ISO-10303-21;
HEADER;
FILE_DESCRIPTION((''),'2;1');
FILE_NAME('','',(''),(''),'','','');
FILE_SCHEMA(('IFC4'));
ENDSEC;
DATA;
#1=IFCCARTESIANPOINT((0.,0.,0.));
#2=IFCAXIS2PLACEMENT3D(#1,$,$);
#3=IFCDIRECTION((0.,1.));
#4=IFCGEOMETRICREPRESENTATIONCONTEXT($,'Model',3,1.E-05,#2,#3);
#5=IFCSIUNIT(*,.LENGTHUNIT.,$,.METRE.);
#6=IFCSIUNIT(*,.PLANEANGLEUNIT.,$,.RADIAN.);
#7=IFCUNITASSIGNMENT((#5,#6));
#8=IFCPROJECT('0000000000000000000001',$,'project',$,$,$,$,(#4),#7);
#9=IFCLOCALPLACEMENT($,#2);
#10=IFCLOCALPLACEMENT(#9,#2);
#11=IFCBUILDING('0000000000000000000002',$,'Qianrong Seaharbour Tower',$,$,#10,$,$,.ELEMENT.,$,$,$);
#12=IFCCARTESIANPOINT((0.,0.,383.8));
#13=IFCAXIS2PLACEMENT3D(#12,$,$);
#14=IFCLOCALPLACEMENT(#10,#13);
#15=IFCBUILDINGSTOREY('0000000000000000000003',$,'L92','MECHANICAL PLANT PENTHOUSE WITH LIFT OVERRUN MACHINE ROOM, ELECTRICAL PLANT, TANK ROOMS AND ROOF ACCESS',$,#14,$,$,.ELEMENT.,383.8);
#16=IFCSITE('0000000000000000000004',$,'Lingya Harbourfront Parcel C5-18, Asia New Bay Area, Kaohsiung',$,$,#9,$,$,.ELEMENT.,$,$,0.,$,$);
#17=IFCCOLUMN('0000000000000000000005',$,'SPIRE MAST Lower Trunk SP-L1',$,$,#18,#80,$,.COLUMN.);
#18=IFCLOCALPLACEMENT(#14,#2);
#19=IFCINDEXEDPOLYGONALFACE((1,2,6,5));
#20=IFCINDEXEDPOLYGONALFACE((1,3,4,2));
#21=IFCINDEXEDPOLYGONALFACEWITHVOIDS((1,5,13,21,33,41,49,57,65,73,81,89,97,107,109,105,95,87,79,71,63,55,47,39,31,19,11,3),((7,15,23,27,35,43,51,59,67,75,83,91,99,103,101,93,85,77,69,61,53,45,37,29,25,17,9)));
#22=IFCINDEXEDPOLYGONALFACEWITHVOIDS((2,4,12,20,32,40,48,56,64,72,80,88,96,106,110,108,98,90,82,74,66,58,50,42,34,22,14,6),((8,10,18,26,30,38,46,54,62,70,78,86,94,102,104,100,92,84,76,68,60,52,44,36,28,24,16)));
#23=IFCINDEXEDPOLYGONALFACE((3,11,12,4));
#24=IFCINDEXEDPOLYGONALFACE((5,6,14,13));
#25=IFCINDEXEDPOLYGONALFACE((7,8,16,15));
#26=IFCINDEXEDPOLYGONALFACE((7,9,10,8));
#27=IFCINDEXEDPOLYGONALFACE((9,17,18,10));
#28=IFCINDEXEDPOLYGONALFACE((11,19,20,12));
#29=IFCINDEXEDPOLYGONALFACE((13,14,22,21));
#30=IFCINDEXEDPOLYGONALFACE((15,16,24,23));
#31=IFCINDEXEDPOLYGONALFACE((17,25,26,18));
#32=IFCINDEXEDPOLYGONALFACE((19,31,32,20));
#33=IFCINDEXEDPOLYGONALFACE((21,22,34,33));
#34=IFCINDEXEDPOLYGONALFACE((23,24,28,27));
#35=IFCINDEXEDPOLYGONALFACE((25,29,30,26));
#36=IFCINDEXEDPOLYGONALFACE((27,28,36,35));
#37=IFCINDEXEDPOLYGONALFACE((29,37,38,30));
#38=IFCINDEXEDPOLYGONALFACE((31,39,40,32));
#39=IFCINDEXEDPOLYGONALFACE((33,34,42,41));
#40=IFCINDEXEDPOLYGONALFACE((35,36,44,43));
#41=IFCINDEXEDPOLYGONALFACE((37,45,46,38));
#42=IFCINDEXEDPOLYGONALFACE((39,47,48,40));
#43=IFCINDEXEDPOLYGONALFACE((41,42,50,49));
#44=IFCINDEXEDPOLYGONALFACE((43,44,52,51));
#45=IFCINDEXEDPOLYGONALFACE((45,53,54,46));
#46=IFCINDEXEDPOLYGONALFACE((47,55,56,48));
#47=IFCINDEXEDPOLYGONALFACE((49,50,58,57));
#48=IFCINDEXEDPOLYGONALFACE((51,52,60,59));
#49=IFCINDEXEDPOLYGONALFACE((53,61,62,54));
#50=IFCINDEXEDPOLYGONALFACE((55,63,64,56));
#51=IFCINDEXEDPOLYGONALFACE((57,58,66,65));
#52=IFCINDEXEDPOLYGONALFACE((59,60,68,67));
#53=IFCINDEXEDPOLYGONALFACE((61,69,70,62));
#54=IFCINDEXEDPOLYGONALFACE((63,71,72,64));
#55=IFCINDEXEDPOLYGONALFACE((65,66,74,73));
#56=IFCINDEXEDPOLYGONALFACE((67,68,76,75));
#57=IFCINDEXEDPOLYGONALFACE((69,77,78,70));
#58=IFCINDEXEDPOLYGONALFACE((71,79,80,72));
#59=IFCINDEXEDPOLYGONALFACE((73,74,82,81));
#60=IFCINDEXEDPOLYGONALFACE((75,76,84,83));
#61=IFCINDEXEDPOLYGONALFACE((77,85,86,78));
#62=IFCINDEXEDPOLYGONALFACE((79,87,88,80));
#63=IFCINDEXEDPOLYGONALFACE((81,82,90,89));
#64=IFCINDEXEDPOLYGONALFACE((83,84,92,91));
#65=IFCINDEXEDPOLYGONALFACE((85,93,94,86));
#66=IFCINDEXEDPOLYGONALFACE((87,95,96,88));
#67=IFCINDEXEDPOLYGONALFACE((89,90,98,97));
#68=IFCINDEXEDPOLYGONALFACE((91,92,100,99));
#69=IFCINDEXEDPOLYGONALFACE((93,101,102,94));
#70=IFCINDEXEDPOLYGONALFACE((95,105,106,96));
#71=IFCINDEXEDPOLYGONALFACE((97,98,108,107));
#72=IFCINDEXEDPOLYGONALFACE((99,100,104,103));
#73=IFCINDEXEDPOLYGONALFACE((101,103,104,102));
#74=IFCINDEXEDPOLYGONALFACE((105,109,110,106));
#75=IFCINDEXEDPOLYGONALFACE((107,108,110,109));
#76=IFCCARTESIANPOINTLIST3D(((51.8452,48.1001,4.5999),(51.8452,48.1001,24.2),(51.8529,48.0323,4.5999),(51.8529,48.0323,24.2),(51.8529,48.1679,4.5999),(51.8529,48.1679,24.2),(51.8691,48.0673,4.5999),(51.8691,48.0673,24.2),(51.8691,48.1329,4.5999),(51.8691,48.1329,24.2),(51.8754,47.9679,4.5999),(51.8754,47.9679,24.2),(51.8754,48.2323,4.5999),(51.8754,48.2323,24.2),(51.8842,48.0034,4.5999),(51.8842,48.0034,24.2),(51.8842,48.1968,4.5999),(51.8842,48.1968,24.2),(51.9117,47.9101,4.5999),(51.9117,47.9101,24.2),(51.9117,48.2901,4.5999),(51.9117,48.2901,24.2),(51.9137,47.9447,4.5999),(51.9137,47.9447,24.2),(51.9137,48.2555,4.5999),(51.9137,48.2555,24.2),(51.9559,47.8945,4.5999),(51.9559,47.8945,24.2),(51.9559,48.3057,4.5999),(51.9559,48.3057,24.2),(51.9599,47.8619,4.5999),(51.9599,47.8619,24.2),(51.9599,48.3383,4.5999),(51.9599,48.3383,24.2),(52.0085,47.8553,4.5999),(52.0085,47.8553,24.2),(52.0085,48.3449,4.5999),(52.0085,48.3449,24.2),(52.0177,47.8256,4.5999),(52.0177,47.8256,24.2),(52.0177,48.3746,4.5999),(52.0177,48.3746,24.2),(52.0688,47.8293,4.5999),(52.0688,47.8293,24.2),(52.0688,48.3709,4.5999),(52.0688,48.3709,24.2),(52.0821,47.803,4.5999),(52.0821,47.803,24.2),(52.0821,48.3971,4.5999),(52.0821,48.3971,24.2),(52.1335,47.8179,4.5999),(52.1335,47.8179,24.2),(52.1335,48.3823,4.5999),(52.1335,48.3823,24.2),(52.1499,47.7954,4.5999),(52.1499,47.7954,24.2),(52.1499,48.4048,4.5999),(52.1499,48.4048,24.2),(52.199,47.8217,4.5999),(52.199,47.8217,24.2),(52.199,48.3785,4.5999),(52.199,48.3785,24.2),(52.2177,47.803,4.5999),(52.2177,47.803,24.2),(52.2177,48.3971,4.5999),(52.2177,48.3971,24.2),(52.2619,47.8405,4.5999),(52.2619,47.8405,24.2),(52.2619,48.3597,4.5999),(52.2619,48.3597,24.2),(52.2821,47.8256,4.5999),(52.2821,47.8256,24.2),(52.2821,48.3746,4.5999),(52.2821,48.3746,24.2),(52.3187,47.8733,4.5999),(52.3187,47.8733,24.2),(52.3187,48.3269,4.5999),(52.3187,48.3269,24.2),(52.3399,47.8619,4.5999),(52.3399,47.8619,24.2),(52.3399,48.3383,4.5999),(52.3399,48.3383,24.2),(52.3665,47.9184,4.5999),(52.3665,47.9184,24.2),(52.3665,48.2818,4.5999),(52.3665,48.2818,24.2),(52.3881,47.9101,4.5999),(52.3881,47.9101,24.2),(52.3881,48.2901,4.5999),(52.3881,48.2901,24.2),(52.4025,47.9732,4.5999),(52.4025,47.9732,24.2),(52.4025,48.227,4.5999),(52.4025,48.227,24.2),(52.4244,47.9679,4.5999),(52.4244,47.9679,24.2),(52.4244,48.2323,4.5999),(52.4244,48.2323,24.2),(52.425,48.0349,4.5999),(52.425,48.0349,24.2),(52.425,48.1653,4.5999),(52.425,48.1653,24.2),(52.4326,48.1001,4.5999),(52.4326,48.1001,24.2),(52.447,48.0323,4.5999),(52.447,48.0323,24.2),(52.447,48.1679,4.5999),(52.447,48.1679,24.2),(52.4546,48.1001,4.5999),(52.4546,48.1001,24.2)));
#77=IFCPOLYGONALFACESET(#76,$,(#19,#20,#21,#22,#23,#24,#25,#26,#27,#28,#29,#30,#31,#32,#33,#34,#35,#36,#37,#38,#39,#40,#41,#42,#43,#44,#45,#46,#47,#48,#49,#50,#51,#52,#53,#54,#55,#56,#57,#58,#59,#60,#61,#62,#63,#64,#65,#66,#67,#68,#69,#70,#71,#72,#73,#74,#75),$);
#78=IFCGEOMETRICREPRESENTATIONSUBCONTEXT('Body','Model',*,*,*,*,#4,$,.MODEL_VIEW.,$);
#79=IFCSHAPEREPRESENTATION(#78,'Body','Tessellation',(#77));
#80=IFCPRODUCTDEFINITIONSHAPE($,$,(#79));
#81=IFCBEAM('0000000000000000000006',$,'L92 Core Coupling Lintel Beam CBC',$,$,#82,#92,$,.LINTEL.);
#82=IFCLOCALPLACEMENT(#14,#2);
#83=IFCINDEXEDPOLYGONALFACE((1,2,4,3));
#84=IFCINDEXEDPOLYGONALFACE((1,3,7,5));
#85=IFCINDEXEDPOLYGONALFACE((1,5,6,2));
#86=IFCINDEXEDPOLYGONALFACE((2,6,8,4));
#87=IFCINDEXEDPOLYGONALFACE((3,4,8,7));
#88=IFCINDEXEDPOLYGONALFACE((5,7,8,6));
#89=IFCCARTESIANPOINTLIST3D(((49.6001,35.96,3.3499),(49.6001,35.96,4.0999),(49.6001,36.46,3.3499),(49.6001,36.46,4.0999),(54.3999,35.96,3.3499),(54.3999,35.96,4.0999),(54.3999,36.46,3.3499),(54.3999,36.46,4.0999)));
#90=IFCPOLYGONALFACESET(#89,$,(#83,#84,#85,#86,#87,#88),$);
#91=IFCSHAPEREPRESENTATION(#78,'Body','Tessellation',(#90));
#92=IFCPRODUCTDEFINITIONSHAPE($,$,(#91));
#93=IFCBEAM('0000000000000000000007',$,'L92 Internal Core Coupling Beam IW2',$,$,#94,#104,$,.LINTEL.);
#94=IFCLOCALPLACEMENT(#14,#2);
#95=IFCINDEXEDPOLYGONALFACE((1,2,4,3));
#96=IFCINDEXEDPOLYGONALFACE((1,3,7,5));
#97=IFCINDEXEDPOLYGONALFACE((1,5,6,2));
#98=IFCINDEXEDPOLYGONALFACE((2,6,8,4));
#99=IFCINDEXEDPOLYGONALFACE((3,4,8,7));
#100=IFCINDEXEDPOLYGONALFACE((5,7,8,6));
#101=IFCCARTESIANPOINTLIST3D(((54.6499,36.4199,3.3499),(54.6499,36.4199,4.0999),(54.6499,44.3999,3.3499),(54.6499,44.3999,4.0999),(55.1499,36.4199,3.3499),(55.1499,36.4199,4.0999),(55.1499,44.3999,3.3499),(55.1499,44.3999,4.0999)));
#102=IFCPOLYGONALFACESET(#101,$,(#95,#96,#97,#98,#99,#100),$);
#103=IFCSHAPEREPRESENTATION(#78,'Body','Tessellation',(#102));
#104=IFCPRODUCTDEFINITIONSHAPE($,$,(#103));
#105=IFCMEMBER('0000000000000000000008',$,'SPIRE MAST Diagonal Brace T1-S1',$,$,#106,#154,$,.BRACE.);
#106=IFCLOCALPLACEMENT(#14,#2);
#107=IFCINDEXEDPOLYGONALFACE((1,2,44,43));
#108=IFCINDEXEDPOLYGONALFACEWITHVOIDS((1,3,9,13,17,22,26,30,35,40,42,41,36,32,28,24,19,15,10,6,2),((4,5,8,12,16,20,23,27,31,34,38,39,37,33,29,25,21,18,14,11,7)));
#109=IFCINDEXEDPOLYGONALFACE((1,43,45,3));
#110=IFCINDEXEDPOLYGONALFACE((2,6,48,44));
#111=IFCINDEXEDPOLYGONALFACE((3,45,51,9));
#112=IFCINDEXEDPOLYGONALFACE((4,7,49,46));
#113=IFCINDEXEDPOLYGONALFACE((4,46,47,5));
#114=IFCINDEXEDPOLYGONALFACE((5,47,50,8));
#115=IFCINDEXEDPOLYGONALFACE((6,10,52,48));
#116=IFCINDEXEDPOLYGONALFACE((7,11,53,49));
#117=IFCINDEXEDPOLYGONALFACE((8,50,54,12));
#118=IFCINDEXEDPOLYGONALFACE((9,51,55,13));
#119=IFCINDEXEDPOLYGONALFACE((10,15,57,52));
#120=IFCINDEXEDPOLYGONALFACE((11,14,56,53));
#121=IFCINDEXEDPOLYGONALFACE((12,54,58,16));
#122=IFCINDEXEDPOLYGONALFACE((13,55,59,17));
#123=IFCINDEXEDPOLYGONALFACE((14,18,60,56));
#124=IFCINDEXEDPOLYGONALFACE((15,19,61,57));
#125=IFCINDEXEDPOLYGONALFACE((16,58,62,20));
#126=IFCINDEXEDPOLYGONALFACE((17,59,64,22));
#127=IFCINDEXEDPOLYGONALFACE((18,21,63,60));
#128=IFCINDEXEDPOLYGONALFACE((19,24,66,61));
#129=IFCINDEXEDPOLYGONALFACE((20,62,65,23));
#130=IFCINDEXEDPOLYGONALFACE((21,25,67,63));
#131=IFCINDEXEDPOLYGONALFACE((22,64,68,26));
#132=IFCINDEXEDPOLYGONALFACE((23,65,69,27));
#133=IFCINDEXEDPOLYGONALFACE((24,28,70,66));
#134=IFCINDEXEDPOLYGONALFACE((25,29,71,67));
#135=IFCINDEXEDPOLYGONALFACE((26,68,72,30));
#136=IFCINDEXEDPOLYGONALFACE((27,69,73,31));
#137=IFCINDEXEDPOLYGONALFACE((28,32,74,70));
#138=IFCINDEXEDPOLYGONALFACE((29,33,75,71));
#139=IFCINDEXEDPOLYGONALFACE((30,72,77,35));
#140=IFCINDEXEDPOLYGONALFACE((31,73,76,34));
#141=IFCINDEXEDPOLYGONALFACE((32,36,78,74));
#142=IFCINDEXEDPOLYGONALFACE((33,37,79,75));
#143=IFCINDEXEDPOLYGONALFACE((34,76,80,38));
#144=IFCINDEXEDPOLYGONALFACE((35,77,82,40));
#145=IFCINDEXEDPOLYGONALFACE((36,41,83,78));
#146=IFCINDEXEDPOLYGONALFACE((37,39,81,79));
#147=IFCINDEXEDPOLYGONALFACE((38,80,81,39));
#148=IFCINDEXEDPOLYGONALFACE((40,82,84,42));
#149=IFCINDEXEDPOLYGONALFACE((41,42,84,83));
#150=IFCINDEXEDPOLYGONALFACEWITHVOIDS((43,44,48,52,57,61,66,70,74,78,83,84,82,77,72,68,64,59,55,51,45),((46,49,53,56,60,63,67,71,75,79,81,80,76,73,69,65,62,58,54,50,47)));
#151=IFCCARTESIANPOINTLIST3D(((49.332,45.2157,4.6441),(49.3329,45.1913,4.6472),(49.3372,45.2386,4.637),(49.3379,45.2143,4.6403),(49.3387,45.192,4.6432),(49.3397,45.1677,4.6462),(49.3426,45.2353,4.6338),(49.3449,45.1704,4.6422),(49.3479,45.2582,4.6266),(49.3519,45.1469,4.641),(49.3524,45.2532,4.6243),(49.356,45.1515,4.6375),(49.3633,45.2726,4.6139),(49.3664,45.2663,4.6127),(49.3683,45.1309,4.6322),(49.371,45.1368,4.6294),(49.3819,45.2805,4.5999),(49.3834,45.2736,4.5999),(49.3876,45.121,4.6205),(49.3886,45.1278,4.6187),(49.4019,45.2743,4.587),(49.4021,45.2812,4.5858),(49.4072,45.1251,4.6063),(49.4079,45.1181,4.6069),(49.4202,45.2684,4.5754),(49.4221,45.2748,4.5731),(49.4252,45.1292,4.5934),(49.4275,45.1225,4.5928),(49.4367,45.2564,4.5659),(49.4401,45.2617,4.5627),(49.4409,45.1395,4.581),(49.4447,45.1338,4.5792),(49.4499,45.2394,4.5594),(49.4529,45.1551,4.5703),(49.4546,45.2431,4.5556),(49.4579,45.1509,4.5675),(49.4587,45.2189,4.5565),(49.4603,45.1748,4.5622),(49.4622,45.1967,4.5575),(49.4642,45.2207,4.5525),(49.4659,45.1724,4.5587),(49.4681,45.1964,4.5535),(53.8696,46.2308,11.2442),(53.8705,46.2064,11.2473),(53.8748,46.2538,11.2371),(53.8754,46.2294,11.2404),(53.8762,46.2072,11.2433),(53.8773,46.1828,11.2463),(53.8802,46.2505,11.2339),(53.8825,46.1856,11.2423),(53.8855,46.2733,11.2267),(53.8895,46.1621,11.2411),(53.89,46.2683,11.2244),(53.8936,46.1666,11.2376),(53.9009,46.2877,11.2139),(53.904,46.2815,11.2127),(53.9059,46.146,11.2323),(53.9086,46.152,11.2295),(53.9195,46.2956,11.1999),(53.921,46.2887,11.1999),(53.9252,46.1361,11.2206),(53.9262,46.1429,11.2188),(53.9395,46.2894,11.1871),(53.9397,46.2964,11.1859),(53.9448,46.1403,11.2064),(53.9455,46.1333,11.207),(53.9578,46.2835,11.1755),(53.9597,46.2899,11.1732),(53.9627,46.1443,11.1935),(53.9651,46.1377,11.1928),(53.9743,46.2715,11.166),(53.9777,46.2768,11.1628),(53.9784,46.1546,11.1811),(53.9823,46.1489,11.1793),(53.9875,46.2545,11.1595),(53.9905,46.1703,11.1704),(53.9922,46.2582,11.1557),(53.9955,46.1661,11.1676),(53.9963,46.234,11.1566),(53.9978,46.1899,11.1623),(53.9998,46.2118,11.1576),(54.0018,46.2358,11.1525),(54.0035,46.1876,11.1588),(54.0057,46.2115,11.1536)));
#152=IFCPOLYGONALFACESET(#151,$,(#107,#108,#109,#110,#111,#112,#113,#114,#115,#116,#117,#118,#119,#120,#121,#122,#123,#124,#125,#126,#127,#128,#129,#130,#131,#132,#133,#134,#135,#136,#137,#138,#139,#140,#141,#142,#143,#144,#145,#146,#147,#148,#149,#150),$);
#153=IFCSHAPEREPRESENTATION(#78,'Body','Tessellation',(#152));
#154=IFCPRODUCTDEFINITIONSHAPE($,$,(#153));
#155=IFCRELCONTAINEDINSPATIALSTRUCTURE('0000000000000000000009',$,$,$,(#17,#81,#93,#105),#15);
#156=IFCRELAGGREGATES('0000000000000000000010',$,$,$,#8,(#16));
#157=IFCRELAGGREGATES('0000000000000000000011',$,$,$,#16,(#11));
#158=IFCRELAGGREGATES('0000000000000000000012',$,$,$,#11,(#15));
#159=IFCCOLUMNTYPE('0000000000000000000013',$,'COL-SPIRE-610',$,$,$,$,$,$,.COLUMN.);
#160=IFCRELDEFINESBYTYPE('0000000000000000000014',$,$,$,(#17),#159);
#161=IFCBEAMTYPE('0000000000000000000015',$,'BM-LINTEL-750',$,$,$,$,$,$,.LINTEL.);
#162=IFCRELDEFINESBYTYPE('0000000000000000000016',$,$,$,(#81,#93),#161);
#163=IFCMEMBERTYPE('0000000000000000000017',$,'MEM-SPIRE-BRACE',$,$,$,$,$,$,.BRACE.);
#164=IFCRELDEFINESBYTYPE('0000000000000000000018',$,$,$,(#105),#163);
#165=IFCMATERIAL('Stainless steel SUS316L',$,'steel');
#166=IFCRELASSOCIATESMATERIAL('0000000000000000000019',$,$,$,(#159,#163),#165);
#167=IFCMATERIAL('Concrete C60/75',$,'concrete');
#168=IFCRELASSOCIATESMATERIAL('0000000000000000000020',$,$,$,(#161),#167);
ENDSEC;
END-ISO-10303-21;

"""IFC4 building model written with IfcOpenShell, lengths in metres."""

from ifc_helpers import new_model, si_unit, direction, frame, origin, origin_2d, place, context, subcontext, project, spatial, rectangle, hollow_circle, extrude, material, material_profile, profile_set, type_object, element, save


model = new_model("IFC4")

# Units and contexts
model_context = context("Model", 3, precision=1e-05, world=origin(), true_north=direction((0.0, 1.0)))
body_context = subcontext(model_context, "Body", "Model", "MODEL_VIEW")
ifc_project = project(units=[si_unit("LENGTHUNIT", "METRE"), si_unit("PLANEANGLEUNIT", "RADIAN")], contexts=[model_context])

# Site, building, storey
site_placement = place(None, origin())
site = spatial("IfcSite", under=ifc_project, at=site_placement, Name="Lingya Harbourfront Parcel C5-18, Asia New Bay Area, Kaohsiung", CompositionType="ELEMENT", RefElevation=0.0)
building_placement = place(site_placement, origin())
building = spatial("IfcBuilding", under=site, at=building_placement, Name="Qianrong Seaharbour Tower", CompositionType="ELEMENT")
storey_placement = place(building_placement, frame((0.0, 0.0, 383.8)))
storey = spatial("IfcBuildingStorey", under=building, at=storey_placement, Name="L92", Description="MECHANICAL PLANT PENTHOUSE WITH LIFT OVERRUN MACHINE ROOM, ELECTRICAL PLANT, TANK ROOMS AND ROOF ACCESS", CompositionType="ELEMENT", Elevation=383.8)

# Column
ifc_material_1 = material(Name="Stainless steel SUS316L", Category="steel")
ifc_material_profile_1 = material_profile(ifc_material_1, hollow_circle(Radius=0.3047, WallThickness=0.022, at=origin_2d()), Name="CHS609.6x22")
ifc_profile_set_1 = profile_set([ifc_material_profile_1], Name="Stainless steel SUS316L")
column_type = type_object("IfcColumnType", Name="COL-SPIRE-610", PredefinedType="COLUMN", material=ifc_profile_set_1)
column_placement = place(storey_placement, frame((52.1499, 48.1001, 4.5999), z_axis=(0.0, 0.0, 1.0), x_axis=(1.0, 0.0, 0.0)))
element("IfcColumn", 1, at=column_placement, inside=storey, type_object=column_type, Name="SPIRE MAST Lower Trunk SP-L1", PredefinedType="COLUMN", context=body_context, shape_type="SweptSolid", body=[
    extrude(hollow_circle(Radius=0.3047, WallThickness=0.022, at=origin_2d()), origin(), (0.0, 0.0, 1.0), 19.6001),
])

# Beams
ifc_material_2 = material(Name="Concrete C60/75", Category="concrete")
ifc_material_profile_2 = material_profile(ifc_material_2, rectangle(XDim=0.5, YDim=0.75, at=origin_2d()), Name="RC500x750")
ifc_profile_set_2 = profile_set([ifc_material_profile_2], Name="Concrete C60/75")
beam_type = type_object("IfcBeamType", Name="BM-LINTEL-750", PredefinedType="LINTEL", material=ifc_profile_set_2)
beam_1_placement = place(storey_placement, frame((49.6001, 36.21, 3.7249), z_axis=(1.0, 0.0, 0.0), x_axis=(0.0, 1.0, 0.0)))
element("IfcBeam", 2, at=beam_1_placement, inside=storey, type_object=beam_type, Name="L92 Core Coupling Lintel Beam CBC", PredefinedType="LINTEL", context=body_context, shape_type="SweptSolid", body=[
    extrude(rectangle(XDim=0.5, YDim=0.75, at=origin_2d()), origin(), (0.0, 0.0, 1.0), 4.7998),
])
beam_2_placement = place(storey_placement, frame((54.8999, 36.4199, 3.7249), z_axis=(0.0, 1.0, 0.0), x_axis=(-1.0, 0.0, 0.0)))
element("IfcBeam", 3, at=beam_2_placement, inside=storey, type_object=beam_type, Name="L92 Internal Core Coupling Beam IW2", PredefinedType="LINTEL", context=body_context, shape_type="SweptSolid", body=[
    extrude(rectangle(XDim=0.5, YDim=0.75, at=origin_2d()), origin(), (0.0, 0.0, 1.0), 7.98),
])

# Member
ifc_material_profile_3 = material_profile(ifc_material_1, hollow_circle(Radius=0.0825, WallThickness=0.0071, at=origin_2d()), Name="CHS165.2x7.1")
ifc_profile_set_3 = profile_set([ifc_material_profile_3], Name="Stainless steel SUS316L")
member_type_1 = type_object("IfcMemberType", Name="MEM-SPIRE-BRACE", PredefinedType="BRACE", material=ifc_profile_set_3)
member_1_placement = place(storey_placement, frame((49.3999, 45.2, 4.5999), z_axis=(0.562035, 0.125737, 0.8175), x_axis=(-0.21832, 0.975877, 0.0)))
element("IfcMember", 4, at=member_1_placement, inside=storey, type_object=member_type_1, Name="SPIRE MAST Diagonal Brace T1-S1", PredefinedType="BRACE", context=body_context, shape_type="SweptSolid", body=[
    extrude(hollow_circle(Radius=0.0825, WallThickness=0.0071, at=origin_2d()), origin(), (0.0, 0.0, 1.0), 8.0735),
])

save(model, "model.ifc")
